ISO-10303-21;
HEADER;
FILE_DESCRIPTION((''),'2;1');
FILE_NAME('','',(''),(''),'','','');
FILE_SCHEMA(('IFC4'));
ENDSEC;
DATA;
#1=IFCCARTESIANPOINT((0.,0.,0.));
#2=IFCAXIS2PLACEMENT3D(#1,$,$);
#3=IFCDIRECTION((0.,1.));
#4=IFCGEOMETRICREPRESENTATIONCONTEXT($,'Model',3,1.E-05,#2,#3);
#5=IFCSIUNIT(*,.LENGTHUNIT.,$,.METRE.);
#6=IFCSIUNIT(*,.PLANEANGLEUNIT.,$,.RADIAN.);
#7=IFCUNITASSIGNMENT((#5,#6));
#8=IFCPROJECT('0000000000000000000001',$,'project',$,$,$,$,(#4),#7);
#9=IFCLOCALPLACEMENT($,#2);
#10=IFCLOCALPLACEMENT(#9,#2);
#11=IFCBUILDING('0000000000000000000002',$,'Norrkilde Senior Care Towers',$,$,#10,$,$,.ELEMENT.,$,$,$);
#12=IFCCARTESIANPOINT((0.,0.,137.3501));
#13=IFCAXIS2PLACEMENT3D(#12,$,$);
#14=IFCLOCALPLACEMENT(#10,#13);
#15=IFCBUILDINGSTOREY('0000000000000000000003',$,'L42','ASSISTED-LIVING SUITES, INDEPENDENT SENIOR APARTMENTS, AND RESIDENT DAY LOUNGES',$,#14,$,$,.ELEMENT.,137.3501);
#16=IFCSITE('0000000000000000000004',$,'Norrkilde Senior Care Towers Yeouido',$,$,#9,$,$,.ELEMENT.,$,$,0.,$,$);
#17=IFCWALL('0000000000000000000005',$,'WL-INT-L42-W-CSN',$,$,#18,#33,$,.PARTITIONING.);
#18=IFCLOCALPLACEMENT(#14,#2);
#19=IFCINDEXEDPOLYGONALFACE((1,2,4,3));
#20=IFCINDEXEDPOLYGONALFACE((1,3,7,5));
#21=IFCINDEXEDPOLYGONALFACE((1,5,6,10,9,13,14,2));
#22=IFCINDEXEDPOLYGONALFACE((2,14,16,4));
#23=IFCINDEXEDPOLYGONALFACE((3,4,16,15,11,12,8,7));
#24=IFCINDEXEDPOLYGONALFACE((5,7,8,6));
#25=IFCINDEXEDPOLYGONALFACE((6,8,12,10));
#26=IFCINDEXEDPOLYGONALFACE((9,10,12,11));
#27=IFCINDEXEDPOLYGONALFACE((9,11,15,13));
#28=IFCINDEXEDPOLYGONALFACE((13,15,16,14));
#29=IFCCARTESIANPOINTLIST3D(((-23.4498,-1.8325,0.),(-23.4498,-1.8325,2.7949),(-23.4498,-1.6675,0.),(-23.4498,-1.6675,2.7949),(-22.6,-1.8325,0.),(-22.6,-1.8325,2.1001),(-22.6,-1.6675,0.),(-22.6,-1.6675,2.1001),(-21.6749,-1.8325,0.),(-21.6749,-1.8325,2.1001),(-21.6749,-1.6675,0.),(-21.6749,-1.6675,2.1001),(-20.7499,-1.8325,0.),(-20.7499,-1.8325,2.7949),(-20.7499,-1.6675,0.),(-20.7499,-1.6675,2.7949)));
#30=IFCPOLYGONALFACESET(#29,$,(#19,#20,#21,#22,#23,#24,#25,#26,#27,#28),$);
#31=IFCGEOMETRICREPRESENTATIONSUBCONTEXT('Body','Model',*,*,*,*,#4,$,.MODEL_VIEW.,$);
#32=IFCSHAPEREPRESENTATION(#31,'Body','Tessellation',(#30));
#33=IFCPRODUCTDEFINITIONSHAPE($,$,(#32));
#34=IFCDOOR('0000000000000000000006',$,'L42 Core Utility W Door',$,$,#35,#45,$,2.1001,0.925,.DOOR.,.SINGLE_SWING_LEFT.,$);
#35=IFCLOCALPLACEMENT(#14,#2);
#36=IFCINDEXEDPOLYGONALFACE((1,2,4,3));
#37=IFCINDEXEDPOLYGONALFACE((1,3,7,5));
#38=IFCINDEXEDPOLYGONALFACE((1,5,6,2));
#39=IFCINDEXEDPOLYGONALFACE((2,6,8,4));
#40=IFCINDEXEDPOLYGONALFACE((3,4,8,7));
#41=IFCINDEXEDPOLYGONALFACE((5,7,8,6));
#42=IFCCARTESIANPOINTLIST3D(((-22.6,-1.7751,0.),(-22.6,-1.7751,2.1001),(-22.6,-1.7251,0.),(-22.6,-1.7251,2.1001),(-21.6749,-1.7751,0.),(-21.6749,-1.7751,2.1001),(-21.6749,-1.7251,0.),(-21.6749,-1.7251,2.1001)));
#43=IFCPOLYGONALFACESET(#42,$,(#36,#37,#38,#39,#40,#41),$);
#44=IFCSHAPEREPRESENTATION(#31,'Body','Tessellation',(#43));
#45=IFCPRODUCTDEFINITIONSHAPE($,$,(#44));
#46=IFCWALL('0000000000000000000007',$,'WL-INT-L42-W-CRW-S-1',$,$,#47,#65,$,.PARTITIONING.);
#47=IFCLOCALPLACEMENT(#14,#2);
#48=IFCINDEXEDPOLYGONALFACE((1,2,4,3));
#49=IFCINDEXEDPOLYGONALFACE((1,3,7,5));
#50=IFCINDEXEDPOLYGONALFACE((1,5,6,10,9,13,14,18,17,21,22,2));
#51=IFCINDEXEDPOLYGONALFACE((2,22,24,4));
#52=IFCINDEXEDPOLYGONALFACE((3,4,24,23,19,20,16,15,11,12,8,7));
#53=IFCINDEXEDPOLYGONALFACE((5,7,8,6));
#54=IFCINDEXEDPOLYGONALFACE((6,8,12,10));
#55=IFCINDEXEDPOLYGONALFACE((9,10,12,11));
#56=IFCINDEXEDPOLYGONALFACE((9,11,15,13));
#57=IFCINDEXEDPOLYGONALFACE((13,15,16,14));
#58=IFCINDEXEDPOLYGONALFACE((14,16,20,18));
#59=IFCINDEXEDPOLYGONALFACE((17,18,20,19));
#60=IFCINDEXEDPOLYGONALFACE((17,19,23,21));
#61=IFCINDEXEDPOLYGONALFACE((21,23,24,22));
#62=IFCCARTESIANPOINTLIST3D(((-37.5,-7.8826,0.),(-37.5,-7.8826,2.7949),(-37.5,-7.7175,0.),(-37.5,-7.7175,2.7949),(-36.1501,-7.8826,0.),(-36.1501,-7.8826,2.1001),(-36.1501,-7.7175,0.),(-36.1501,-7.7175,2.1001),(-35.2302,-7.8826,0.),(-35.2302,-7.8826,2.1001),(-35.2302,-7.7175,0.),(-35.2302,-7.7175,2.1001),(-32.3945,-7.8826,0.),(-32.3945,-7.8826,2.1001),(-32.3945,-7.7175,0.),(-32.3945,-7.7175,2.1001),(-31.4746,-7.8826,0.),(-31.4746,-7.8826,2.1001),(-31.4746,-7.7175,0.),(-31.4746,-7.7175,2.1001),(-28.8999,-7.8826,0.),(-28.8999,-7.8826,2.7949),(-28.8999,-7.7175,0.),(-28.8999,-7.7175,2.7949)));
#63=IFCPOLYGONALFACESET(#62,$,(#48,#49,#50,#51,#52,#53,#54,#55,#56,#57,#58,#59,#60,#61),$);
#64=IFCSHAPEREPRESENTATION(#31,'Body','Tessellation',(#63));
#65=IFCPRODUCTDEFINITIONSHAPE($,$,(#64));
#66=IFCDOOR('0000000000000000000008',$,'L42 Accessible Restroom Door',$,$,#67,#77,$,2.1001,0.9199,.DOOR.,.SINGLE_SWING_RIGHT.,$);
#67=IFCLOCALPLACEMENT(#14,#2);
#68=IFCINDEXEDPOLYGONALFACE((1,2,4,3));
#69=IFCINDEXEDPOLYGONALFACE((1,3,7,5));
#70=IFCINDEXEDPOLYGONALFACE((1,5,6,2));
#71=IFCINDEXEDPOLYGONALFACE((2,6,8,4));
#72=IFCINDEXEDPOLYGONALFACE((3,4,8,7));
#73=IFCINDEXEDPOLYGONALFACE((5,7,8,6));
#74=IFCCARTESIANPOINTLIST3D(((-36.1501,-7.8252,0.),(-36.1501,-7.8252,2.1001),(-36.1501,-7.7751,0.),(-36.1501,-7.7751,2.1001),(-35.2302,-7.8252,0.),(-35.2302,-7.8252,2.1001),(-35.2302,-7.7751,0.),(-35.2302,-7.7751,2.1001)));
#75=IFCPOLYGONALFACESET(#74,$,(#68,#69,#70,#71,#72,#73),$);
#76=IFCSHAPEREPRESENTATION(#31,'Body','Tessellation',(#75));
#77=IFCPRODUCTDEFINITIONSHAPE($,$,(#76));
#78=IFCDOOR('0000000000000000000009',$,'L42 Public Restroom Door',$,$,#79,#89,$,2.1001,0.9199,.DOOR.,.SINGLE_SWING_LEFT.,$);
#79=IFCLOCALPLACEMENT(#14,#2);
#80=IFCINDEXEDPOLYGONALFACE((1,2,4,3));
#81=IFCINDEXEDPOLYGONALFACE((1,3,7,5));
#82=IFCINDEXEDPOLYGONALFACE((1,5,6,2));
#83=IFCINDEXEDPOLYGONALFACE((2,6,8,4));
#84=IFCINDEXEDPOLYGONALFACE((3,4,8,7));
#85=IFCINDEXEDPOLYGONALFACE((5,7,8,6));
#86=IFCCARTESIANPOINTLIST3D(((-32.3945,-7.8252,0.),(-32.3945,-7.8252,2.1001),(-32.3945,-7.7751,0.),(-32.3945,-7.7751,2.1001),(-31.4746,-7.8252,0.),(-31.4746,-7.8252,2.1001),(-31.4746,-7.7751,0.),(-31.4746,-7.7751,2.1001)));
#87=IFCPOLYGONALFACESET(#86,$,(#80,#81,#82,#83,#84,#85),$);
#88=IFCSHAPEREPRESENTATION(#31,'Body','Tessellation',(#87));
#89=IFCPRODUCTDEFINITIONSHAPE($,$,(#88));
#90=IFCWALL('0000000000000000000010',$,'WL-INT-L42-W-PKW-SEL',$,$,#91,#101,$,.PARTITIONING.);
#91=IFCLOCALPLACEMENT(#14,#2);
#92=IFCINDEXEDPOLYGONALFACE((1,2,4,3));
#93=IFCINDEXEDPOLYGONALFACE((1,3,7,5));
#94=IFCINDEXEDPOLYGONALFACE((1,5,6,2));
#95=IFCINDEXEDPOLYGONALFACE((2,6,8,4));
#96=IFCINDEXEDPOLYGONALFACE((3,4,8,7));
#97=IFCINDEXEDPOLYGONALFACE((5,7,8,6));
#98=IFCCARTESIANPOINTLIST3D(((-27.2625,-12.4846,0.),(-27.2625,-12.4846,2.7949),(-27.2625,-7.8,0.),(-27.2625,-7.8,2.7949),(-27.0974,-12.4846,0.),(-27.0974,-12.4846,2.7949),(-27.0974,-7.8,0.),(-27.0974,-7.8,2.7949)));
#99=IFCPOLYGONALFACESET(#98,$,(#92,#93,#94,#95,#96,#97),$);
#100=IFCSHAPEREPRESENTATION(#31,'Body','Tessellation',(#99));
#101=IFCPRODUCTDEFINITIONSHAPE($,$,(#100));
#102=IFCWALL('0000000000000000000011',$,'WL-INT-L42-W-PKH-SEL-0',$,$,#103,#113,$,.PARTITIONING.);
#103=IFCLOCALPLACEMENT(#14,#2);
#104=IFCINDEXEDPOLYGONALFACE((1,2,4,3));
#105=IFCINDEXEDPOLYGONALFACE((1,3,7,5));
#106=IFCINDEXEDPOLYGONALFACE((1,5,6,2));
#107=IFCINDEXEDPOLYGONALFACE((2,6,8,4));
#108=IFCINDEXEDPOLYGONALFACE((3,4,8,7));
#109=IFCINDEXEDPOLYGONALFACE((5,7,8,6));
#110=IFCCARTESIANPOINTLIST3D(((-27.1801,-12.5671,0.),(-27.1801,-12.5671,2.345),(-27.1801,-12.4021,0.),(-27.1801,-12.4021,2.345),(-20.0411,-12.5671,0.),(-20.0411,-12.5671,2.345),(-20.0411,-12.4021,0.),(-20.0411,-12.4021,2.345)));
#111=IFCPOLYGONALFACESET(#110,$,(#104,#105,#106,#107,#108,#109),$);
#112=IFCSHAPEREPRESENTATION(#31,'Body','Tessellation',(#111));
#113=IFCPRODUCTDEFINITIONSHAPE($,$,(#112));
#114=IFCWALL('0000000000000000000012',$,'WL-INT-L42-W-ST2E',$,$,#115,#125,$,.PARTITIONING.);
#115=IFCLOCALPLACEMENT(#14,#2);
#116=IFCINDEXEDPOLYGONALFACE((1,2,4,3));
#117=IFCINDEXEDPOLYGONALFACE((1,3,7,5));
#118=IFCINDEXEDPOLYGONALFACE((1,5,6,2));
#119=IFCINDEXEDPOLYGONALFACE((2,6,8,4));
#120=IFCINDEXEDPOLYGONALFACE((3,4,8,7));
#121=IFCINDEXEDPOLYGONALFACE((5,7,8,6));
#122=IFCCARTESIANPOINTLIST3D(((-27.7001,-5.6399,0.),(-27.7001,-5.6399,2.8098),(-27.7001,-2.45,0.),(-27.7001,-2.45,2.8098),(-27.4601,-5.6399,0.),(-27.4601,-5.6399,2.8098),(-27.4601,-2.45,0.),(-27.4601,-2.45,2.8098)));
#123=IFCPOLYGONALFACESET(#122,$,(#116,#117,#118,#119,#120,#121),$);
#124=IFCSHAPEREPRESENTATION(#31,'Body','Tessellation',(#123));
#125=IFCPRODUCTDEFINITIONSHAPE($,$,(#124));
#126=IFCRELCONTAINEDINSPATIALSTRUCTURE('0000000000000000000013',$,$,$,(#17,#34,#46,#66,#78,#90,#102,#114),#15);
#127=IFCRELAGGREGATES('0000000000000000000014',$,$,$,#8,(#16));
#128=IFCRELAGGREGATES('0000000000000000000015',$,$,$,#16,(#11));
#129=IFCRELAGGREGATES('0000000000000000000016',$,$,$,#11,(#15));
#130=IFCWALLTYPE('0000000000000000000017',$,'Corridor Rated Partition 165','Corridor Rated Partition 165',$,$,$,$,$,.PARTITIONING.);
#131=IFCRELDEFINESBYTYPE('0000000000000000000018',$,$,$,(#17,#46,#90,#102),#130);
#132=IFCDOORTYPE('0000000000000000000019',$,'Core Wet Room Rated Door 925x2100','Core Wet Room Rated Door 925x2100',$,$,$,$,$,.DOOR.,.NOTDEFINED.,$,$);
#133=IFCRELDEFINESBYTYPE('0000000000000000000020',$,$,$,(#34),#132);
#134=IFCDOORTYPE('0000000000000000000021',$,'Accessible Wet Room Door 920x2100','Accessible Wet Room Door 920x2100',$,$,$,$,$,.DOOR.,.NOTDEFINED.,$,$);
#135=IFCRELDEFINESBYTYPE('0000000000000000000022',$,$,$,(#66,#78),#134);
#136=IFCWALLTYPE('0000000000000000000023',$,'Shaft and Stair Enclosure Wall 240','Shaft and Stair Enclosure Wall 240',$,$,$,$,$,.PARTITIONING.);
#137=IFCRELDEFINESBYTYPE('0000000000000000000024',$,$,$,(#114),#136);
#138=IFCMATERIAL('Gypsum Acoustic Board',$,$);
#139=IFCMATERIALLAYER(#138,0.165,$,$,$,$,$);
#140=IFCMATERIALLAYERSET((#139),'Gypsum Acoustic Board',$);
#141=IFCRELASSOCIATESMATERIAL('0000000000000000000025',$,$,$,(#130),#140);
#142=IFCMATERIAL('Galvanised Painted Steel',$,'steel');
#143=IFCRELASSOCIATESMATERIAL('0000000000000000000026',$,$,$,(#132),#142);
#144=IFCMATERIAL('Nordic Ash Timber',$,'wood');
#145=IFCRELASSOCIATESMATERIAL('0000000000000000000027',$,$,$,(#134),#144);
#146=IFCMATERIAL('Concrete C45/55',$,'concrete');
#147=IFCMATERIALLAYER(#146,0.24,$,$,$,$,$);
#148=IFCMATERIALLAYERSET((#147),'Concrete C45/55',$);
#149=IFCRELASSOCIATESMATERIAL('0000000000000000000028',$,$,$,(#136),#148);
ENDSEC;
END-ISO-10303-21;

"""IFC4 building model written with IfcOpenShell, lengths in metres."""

from ifc_helpers import new_model, si_unit, direction, frame, frame_2d, origin, place, context, subcontext, project, spatial, rectangle, extrude, source, transform, mapped, material, layer, layer_set, type_object, type_shapes, element, fill, save


model = new_model("IFC4")

# Units and contexts
model_context = context("Model", 3, precision=1e-05, world=origin(), true_north=direction((0.0, 1.0)))
body_context = subcontext(model_context, "Body", "Model", "MODEL_VIEW")
ifc_project = project(units=[si_unit("LENGTHUNIT", "METRE"), si_unit("PLANEANGLEUNIT", "RADIAN")], contexts=[model_context])

# Site, building, storey
site_placement = place(None, origin())
site = spatial("IfcSite", under=ifc_project, at=site_placement, Name="Norrkilde Senior Care Towers Yeouido", CompositionType="ELEMENT", RefElevation=0.0)
building_placement = place(site_placement, origin())
building = spatial("IfcBuilding", under=site, at=building_placement, Name="Norrkilde Senior Care Towers", CompositionType="ELEMENT")
storey_placement = place(building_placement, frame((0.0, 0.0, 137.3501)))
storey = spatial("IfcBuildingStorey", under=building, at=storey_placement, Name="L42", Description="ASSISTED-LIVING SUITES, INDEPENDENT SENIOR APARTMENTS, AND RESIDENT DAY LOUNGES", CompositionType="ELEMENT", Elevation=137.3501)

# Shared definitions
ifc_material_1 = material(Name="Concrete C45/55", Category="concrete")
ifc_material_2 = material(Name="Galvanised Painted Steel", Category="steel")

# Wall, opening, door
ifc_material_3 = material(Name="Gypsum Acoustic Board")
ifc_layer_1 = layer(ifc_material_3, 0.165)
ifc_layer_set_1 = layer_set([ifc_layer_1], Name="Gypsum Acoustic Board")
wall_type_1 = type_object("IfcWallType", Name="Corridor Rated Partition 165", Description="Corridor Rated Partition 165", PredefinedType="PARTITIONING", material=ifc_layer_set_1)
shared_shape_1 = source(origin(), body_context, "Body", "SweptSolid", [
    extrude(rectangle(XDim=2.7, YDim=0.165, at=frame_2d((1.3501, 0.0))), origin(), (0.0, 0.0, 1.0), 2.7949),
])
wall_1_placement = place(storey_placement, frame((-23.45, -1.75, 0.0), z_axis=(0.0, 0.0, 1.0), x_axis=(1.0, 0.0, 0.0)))
wall_1 = element("IfcWall", 1, at=wall_1_placement, inside=storey, type_object=wall_type_1, Name="WL-INT-L42-W-CSN", PredefinedType="PARTITIONING", context=body_context, shape_type="MappedRepresentation", body=[
    mapped(shared_shape_1, transform((0.0, 0.0, 0.0), x_axis=(1.0, 0.0, 0.0), y_axis=(0.0, 1.0, 0.0), z_axis=(0.0, 0.0, 1.0), scale=1.0)),
])
opening_1_placement = place(wall_1_placement, frame((0.8501, 0.0, 0.0)))
opening_1 = element("IfcOpeningElement", 2, at=opening_1_placement, cuts=wall_1, PredefinedType="OPENING", context=body_context, shape_type="SweptSolid", body=[
    extrude(rectangle(XDim=0.925, YDim=2.1001, at=frame_2d((0.4624, 1.05))), frame((0.0, 0.0925, 0.0), z_axis=(0.0, -1.0, 0.0), x_axis=(1.0, 0.0, 0.0)), (0.0, 0.0, 1.0), 0.1851),
])
door_type_1 = type_object("IfcDoorType", Name="Core Wet Room Rated Door 925x2100", Description="Core Wet Room Rated Door 925x2100", OperationType="NOTDEFINED", PredefinedType="DOOR", material=ifc_material_2)
shared_shape_2 = source(origin(), body_context, "Body", "SweptSolid", [
    extrude(rectangle(XDim=0.925, YDim=2.1001, at=frame_2d((0.4624, 1.05))), frame((0.0, 0.0249, 0.0), z_axis=(0.0, -1.0, 0.0), x_axis=(1.0, 0.0, 0.0)), (0.0, 0.0, 1.0), 0.05),
])
type_shapes(door_type_1, [shared_shape_2])
door_1_placement = place(opening_1_placement, origin())
door_1 = element("IfcDoor", 3, at=door_1_placement, inside=storey, type_object=door_type_1, Name="L42 Core Utility W Door", OperationType="SINGLE_SWING_LEFT", OverallHeight=2.1001, OverallWidth=0.925, PredefinedType="DOOR", context=body_context, shape_type="MappedRepresentation", body=[
    mapped(shared_shape_2, transform((0.0, 0.0, 0.0), x_axis=(1.0, 0.0, 0.0), y_axis=(0.0, 1.0, 0.0), z_axis=(0.0, 0.0, 1.0), scale=1.0)),
])
fill(opening_1, door_1)

# Wall, openings, doors
shared_shape_3 = source(origin(), body_context, "Body", "SweptSolid", [
    extrude(rectangle(XDim=8.6001, YDim=0.165, at=frame_2d((4.3, 0.0))), origin(), (0.0, 0.0, 1.0), 2.7949),
])
wall_2_placement = place(storey_placement, frame((-28.8999, -7.8, 0.0), z_axis=(0.0, 0.0, 1.0), x_axis=(-1.0, 0.0, 0.0)))
wall_2 = element("IfcWall", 4, at=wall_2_placement, inside=storey, type_object=wall_type_1, Name="WL-INT-L42-W-CRW-S-1", PredefinedType="PARTITIONING", context=body_context, shape_type="MappedRepresentation", body=[
    mapped(shared_shape_3, transform((0.0, 0.0, 0.0), x_axis=(1.0, 0.0, 0.0), y_axis=(0.0, 1.0, 0.0), z_axis=(0.0, 0.0, 1.0), scale=1.0)),
])
opening_2_placement = place(wall_2_placement, frame((6.3303, 0.0, 0.0)))
opening_2 = element("IfcOpeningElement", 5, at=opening_2_placement, cuts=wall_2, PredefinedType="OPENING", context=body_context, shape_type="SweptSolid", body=[
    extrude(rectangle(XDim=0.9199, YDim=2.1001, at=frame_2d((0.46, 1.05))), frame((0.0, 0.0925, 0.0), z_axis=(0.0, -1.0, 0.0), x_axis=(1.0, 0.0, 0.0)), (0.0, 0.0, 1.0), 0.1851),
])
opening_3_placement = place(wall_2_placement, frame((2.5747, 0.0, 0.0)))
opening_3 = element("IfcOpeningElement", 6, at=opening_3_placement, cuts=wall_2, PredefinedType="OPENING", context=body_context, shape_type="SweptSolid", body=[
    extrude(rectangle(XDim=0.9199, YDim=2.1001, at=frame_2d((0.46, 1.05))), frame((0.0, 0.0925, 0.0), z_axis=(0.0, -1.0, 0.0), x_axis=(1.0, 0.0, 0.0)), (0.0, 0.0, 1.0), 0.1851),
])
ifc_material_4 = material(Name="Nordic Ash Timber", Category="wood")
door_type_2 = type_object("IfcDoorType", Name="Accessible Wet Room Door 920x2100", Description="Accessible Wet Room Door 920x2100", OperationType="NOTDEFINED", PredefinedType="DOOR", material=ifc_material_4)
shared_shape_4 = source(origin(), body_context, "Body", "SweptSolid", [
    extrude(rectangle(XDim=0.9199, YDim=2.1001, at=frame_2d((0.46, 1.05))), frame((0.0, 0.0249, 0.0), z_axis=(0.0, -1.0, 0.0), x_axis=(1.0, 0.0, 0.0)), (0.0, 0.0, 1.0), 0.05),
])
type_shapes(door_type_2, [shared_shape_4])
door_2_placement = place(opening_2_placement, frame((0.9199, 0.0, 0.0), z_axis=(0.0, 0.0, 1.0), x_axis=(-1.0, 0.0, 0.0)))
door_2 = element("IfcDoor", 7, at=door_2_placement, inside=storey, type_object=door_type_2, Name="L42 Accessible Restroom Door", OperationType="SINGLE_SWING_RIGHT", OverallHeight=2.1001, OverallWidth=0.9199, PredefinedType="DOOR", context=body_context, shape_type="MappedRepresentation", body=[
    mapped(shared_shape_4, transform((0.0, 0.0, 0.0), x_axis=(1.0, 0.0, 0.0), y_axis=(0.0, 1.0, 0.0), z_axis=(0.0, 0.0, 1.0), scale=1.0)),
])
fill(opening_2, door_2)
door_3_placement = place(opening_3_placement, frame((0.9199, 0.0, 0.0), z_axis=(0.0, 0.0, 1.0), x_axis=(-1.0, 0.0, 0.0)))
door_3 = element("IfcDoor", 8, at=door_3_placement, inside=storey, type_object=door_type_2, Name="L42 Public Restroom Door", OperationType="SINGLE_SWING_LEFT", OverallHeight=2.1001, OverallWidth=0.9199, PredefinedType="DOOR", context=body_context, shape_type="MappedRepresentation", body=[
    mapped(shared_shape_4, transform((0.0, 0.0, 0.0), x_axis=(1.0, 0.0, 0.0), y_axis=(0.0, 1.0, 0.0), z_axis=(0.0, 0.0, 1.0), scale=1.0)),
])
fill(opening_3, door_3)

# Shared definitions
shared_shape_5 = source(origin(), body_context, "Body", "SweptSolid", [
    extrude(rectangle(XDim=4.6846, YDim=0.165, at=frame_2d((2.3423, 0.0))), origin(), (0.0, 0.0, 1.0), 2.7949),
])

# Walls
wall_3_placement = place(storey_placement, frame((-27.1799, -12.4846, 0.0), z_axis=(0.0, 0.0, 1.0), x_axis=(0.0, 1.0, 0.0)))
element("IfcWall", 9, at=wall_3_placement, inside=storey, type_object=wall_type_1, Name="WL-INT-L42-W-PKW-SEL", PredefinedType="PARTITIONING", context=body_context, shape_type="MappedRepresentation", body=[
    mapped(shared_shape_5, transform((0.0, 0.0, 0.0), x_axis=(1.0, 0.0, 0.0), y_axis=(0.0, 1.0, 0.0), z_axis=(0.0, 0.0, 1.0), scale=1.0)),
])
shared_shape_6 = source(origin(), body_context, "Body", "SweptSolid", [
    extrude(rectangle(XDim=7.1389, YDim=0.165, at=frame_2d((3.5693, 0.0))), origin(), (0.0, 0.0, 1.0), 2.345),
])
type_shapes(wall_type_1, [shared_shape_1, shared_shape_3, shared_shape_5, shared_shape_6])
wall_4_placement = place(storey_placement, frame((-27.1799, -12.4846, 0.0), z_axis=(0.0, 0.0, 1.0), x_axis=(1.0, 0.0, 0.0)))
element("IfcWall", 10, at=wall_4_placement, inside=storey, type_object=wall_type_1, Name="WL-INT-L42-W-PKH-SEL-0", PredefinedType="PARTITIONING", context=body_context, shape_type="MappedRepresentation", body=[
    mapped(shared_shape_6, transform((0.0, 0.0, 0.0), x_axis=(1.0, 0.0, 0.0), y_axis=(0.0, 1.0, 0.0), z_axis=(0.0, 0.0, 1.0), scale=1.0)),
])
ifc_layer_2 = layer(ifc_material_1, 0.24)
ifc_layer_set_2 = layer_set([ifc_layer_2], Name="Concrete C45/55")
wall_type_2 = type_object("IfcWallType", Name="Shaft and Stair Enclosure Wall 240", Description="Shaft and Stair Enclosure Wall 240", PredefinedType="PARTITIONING", material=ifc_layer_set_2)
shared_shape_7 = source(origin(), body_context, "Body", "SweptSolid", [
    extrude(rectangle(XDim=3.1899, YDim=0.24, at=frame_2d((1.595, 0.0))), origin(), (0.0, 0.0, 1.0), 2.8098),
])
type_shapes(wall_type_2, [shared_shape_7])
wall_5_placement = place(storey_placement, frame((-27.5801, -5.6399, 0.0), z_axis=(0.0, 0.0, 1.0), x_axis=(0.0, 1.0, 0.0)))
element("IfcWall", 11, at=wall_5_placement, inside=storey, type_object=wall_type_2, Name="WL-INT-L42-W-ST2E", PredefinedType="PARTITIONING", context=body_context, shape_type="MappedRepresentation", body=[
    mapped(shared_shape_7, transform((0.0, 0.0, 0.0), x_axis=(1.0, 0.0, 0.0), y_axis=(0.0, 1.0, 0.0), z_axis=(0.0, 0.0, 1.0), scale=1.0)),
])

save(model, "model.ifc")
